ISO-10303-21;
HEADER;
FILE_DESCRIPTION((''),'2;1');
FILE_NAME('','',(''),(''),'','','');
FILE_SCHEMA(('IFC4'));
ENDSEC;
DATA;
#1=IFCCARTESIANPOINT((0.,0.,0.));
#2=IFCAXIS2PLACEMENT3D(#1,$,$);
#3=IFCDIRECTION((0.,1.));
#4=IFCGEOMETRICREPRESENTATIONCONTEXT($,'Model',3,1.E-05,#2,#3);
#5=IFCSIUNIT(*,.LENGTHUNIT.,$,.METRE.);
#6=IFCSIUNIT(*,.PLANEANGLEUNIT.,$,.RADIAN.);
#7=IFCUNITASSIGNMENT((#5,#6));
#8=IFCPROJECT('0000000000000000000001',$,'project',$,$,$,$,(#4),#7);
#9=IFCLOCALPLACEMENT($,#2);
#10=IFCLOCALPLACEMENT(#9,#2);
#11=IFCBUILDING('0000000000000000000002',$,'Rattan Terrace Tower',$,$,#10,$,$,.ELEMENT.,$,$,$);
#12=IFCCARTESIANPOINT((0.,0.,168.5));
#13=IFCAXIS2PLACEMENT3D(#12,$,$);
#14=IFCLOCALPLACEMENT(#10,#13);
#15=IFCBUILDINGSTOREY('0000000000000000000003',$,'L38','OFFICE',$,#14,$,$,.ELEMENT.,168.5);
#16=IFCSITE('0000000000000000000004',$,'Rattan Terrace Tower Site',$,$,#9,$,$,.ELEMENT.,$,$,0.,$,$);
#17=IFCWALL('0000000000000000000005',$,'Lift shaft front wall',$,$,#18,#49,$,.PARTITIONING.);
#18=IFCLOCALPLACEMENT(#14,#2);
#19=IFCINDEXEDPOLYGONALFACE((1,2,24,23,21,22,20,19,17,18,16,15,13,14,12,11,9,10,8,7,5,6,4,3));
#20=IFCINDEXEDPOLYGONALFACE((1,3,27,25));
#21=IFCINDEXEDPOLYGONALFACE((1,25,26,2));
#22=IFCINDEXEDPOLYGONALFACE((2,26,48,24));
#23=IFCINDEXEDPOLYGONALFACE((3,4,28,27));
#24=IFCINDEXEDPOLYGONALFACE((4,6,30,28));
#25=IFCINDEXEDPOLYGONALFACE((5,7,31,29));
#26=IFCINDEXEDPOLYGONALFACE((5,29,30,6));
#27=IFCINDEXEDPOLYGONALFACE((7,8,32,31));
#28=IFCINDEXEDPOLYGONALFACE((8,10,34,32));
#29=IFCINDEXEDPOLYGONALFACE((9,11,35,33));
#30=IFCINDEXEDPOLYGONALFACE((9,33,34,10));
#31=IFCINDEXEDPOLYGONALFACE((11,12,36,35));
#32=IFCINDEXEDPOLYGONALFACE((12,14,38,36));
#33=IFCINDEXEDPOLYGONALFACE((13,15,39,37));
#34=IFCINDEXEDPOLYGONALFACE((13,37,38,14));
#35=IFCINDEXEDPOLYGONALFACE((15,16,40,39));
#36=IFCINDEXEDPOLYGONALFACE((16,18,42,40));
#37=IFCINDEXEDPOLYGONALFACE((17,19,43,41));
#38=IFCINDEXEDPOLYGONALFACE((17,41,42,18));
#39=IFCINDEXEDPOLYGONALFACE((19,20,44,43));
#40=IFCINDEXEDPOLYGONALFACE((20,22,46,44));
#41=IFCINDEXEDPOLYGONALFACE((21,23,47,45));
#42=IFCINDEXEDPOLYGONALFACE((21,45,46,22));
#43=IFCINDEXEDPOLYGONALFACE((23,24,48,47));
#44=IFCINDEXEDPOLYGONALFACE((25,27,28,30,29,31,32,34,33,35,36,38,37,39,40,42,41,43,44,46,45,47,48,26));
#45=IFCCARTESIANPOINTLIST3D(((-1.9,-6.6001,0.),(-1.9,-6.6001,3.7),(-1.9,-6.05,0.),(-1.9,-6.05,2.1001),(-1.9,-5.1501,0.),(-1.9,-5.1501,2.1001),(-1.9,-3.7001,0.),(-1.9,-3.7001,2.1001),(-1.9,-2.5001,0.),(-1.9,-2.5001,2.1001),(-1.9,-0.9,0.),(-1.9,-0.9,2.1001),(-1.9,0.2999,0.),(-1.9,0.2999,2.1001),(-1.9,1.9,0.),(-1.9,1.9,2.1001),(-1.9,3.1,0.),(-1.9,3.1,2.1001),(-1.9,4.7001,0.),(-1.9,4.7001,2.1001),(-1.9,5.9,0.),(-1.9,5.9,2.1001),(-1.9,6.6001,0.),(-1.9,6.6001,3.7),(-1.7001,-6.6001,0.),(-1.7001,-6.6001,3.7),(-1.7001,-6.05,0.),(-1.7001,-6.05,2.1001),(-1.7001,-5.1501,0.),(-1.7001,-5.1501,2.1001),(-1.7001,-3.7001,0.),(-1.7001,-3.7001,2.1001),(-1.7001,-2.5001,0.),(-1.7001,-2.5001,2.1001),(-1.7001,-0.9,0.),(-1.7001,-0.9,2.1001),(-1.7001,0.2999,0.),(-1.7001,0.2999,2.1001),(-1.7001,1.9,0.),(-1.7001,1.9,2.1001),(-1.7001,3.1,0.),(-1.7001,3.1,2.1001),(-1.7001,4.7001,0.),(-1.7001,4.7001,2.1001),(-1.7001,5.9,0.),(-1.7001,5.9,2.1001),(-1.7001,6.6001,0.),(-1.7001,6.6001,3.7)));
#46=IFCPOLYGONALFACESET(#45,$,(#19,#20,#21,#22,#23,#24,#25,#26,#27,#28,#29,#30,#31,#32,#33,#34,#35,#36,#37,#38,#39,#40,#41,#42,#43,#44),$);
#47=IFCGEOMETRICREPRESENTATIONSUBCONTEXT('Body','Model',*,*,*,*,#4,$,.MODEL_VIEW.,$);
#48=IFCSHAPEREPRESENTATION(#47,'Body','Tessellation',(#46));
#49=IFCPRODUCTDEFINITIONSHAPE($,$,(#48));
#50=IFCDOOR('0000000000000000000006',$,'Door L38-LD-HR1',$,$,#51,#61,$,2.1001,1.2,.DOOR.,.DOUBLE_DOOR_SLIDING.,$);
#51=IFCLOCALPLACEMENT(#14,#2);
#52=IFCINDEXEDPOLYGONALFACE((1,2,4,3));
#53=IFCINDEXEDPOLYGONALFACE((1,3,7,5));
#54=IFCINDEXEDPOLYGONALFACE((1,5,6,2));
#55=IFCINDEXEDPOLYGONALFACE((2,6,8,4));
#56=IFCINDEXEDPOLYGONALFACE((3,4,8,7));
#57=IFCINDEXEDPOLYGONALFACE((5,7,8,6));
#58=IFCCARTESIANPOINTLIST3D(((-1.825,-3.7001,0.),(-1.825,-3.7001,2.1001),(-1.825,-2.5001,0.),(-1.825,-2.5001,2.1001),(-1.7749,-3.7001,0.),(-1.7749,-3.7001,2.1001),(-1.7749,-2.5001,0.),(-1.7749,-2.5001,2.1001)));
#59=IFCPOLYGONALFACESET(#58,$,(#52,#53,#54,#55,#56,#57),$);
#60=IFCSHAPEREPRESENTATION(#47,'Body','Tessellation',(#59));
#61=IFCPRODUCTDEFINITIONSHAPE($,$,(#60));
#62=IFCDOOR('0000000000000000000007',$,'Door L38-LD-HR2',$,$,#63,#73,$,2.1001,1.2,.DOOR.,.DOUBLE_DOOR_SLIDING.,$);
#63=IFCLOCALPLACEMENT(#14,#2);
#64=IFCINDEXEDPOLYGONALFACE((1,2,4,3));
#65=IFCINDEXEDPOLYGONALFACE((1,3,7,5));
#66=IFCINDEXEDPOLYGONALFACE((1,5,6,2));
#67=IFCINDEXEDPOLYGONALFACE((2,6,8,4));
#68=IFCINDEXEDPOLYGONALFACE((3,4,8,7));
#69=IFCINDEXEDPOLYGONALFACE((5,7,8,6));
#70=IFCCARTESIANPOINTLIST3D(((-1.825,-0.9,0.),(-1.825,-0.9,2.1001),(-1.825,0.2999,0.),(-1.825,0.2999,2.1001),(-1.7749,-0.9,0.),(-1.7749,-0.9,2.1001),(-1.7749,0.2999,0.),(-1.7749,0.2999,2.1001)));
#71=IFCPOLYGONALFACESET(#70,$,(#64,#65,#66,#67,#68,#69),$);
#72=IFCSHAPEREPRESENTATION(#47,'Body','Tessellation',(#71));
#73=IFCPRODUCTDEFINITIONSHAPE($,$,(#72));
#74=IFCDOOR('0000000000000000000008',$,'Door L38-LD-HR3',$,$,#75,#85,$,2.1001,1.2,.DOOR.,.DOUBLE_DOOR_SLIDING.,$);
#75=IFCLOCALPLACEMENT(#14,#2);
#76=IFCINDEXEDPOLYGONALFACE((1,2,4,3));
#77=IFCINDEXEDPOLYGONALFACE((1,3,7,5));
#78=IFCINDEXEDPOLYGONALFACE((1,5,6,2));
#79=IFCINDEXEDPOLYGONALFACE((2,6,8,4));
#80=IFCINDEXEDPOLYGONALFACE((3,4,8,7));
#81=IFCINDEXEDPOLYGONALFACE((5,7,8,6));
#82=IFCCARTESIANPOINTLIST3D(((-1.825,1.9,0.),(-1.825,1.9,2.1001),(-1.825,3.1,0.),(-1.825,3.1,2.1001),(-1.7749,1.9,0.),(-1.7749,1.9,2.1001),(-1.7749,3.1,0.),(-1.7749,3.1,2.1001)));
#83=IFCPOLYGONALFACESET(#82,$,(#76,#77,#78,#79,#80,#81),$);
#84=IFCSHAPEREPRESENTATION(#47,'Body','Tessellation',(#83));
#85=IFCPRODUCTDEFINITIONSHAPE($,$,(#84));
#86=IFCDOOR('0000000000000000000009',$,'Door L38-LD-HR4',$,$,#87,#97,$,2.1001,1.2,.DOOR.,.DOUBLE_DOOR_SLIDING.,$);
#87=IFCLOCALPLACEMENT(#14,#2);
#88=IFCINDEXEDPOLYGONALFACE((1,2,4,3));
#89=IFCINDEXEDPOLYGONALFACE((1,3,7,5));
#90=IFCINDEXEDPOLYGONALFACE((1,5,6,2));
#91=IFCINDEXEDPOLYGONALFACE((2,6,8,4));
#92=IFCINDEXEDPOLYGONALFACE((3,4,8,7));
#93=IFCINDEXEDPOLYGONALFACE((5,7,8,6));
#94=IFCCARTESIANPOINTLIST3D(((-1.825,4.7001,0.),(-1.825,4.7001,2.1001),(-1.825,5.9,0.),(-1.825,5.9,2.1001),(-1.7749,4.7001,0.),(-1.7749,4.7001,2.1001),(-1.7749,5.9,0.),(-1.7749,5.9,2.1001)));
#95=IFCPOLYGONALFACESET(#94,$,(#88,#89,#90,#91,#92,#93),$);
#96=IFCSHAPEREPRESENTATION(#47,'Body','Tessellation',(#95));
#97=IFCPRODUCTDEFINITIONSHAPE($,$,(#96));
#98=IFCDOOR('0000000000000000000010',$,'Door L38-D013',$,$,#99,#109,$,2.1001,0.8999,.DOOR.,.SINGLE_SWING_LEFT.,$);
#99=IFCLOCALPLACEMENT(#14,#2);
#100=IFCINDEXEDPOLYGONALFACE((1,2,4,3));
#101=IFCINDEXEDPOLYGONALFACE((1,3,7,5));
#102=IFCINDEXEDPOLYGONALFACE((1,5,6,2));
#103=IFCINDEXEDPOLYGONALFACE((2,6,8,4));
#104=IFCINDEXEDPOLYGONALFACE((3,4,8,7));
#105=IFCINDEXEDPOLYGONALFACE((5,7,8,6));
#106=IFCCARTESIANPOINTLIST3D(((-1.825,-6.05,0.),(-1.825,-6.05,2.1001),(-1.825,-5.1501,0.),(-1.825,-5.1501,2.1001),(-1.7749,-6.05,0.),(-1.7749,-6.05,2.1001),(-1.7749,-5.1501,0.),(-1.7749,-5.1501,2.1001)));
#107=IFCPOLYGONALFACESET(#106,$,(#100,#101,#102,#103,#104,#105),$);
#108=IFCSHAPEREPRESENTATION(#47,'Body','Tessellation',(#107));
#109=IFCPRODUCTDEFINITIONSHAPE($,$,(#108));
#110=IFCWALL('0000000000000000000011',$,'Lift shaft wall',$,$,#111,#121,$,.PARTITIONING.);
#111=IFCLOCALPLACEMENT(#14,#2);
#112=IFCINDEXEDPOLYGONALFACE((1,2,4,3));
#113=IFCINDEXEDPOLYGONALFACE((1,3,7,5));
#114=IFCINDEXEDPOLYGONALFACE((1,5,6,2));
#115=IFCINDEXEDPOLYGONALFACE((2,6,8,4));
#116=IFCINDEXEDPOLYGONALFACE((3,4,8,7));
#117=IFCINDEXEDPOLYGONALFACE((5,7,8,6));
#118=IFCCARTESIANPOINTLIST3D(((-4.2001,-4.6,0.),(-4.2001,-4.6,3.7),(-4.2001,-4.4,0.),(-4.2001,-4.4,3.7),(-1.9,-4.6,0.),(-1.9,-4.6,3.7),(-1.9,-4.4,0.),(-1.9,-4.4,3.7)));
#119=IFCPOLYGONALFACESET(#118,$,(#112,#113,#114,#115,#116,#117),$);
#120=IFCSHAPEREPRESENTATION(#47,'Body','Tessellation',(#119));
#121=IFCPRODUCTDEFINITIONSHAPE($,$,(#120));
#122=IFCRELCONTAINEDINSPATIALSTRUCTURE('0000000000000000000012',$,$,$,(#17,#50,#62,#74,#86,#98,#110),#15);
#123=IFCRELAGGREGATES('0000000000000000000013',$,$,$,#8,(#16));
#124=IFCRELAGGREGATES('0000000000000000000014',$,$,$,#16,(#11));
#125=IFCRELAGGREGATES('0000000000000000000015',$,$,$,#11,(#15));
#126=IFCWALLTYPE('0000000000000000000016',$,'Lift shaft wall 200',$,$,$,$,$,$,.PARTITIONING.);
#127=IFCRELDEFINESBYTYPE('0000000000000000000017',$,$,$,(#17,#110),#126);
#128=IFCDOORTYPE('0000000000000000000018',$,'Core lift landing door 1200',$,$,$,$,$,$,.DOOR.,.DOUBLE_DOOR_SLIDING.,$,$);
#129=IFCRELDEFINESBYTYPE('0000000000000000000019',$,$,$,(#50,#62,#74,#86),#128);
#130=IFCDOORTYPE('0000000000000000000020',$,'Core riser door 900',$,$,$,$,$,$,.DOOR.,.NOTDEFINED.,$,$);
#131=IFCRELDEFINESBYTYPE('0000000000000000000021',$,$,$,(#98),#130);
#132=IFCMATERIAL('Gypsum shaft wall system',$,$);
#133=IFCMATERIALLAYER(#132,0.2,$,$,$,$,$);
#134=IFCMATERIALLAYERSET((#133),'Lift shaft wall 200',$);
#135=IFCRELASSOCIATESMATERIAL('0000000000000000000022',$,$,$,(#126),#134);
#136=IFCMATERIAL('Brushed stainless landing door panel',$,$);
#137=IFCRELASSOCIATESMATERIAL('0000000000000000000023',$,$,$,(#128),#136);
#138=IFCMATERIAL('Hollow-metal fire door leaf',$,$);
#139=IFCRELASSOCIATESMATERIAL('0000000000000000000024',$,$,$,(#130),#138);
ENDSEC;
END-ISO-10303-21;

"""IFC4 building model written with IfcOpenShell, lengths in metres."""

from ifc_helpers import new_model, si_unit, direction, frame, frame_2d, origin, place, context, subcontext, project, spatial, rectangle, extrude, material, layer, layer_set, type_object, element, fill, save


model = new_model("IFC4")

# Units and contexts
model_context = context("Model", 3, precision=1e-05, world=origin(), true_north=direction((0.0, 1.0)))
body_context = subcontext(model_context, "Body", "Model", "MODEL_VIEW")
ifc_project = project(units=[si_unit("LENGTHUNIT", "METRE"), si_unit("PLANEANGLEUNIT", "RADIAN")], contexts=[model_context])

# Site, building, storey
site_placement = place(None, origin())
site = spatial("IfcSite", under=ifc_project, at=site_placement, Name="Rattan Terrace Tower Site", CompositionType="ELEMENT", RefElevation=0.0)
building_placement = place(site_placement, origin())
building = spatial("IfcBuilding", under=site, at=building_placement, Name="Rattan Terrace Tower", CompositionType="ELEMENT")
storey_placement = place(building_placement, frame((0.0, 0.0, 168.5)))
storey = spatial("IfcBuildingStorey", under=building, at=storey_placement, Name="L38", Description="OFFICE", CompositionType="ELEMENT", Elevation=168.5)

# Wall, openings, doors
ifc_material_1 = material(Name="Gypsum shaft wall system")
ifc_layer_1 = layer(ifc_material_1, 0.2)
ifc_layer_set_1 = layer_set([ifc_layer_1], Name="Lift shaft wall 200")
wall_type_1 = type_object("IfcWallType", Name="Lift shaft wall 200", PredefinedType="PARTITIONING", material=ifc_layer_set_1)
wall_1_placement = place(storey_placement, frame((-1.8, -6.6001, 0.0), z_axis=(0.0, 0.0, 1.0), x_axis=(0.0, 1.0, 0.0)))
wall_1 = element("IfcWall", 1, at=wall_1_placement, inside=storey, type_object=wall_type_1, Name="Lift shaft front wall", PredefinedType="PARTITIONING", context=body_context, shape_type="SweptSolid", body=[
    extrude(rectangle(XDim=13.2002, YDim=0.2, at=frame_2d((6.6001, 0.0))), origin(), (0.0, 0.0, 1.0), 3.7),
])
opening_1_placement = place(wall_1_placement, frame((0.55, 0.0, 0.0)))
opening_1 = element("IfcOpeningElement", 2, at=opening_1_placement, cuts=wall_1, PredefinedType="OPENING", context=body_context, shape_type="SweptSolid", body=[
    extrude(rectangle(XDim=0.8999, YDim=2.1001, at=frame_2d((0.45, 1.05))), frame((0.0, 0.1106, 0.0), z_axis=(0.0, -1.0, 0.0), x_axis=(1.0, 0.0, 0.0)), (0.0, 0.0, 1.0), 0.2209),
])
opening_2_placement = place(wall_1_placement, frame((2.8999, 0.0, 0.0)))
opening_2 = element("IfcOpeningElement", 3, at=opening_2_placement, cuts=wall_1, PredefinedType="OPENING", context=body_context, shape_type="SweptSolid", body=[
    extrude(rectangle(XDim=1.2, YDim=2.1001, at=frame_2d((0.6001, 1.05))), frame((0.0, 0.1106, 0.0), z_axis=(0.0, -1.0, 0.0), x_axis=(1.0, 0.0, 0.0)), (0.0, 0.0, 1.0), 0.2209),
])
opening_3_placement = place(wall_1_placement, frame((5.7, 0.0, 0.0)))
opening_3 = element("IfcOpeningElement", 4, at=opening_3_placement, cuts=wall_1, PredefinedType="OPENING", context=body_context, shape_type="SweptSolid", body=[
    extrude(rectangle(XDim=1.2, YDim=2.1001, at=frame_2d((0.6001, 1.05))), frame((0.0, 0.1106, 0.0), z_axis=(0.0, -1.0, 0.0), x_axis=(1.0, 0.0, 0.0)), (0.0, 0.0, 1.0), 0.2209),
])
opening_4_placement = place(wall_1_placement, frame((8.5, 0.0, 0.0)))
opening_4 = element("IfcOpeningElement", 5, at=opening_4_placement, cuts=wall_1, PredefinedType="OPENING", context=body_context, shape_type="SweptSolid", body=[
    extrude(rectangle(XDim=1.2, YDim=2.1001, at=frame_2d((0.6001, 1.05))), frame((0.0, 0.1106, 0.0), z_axis=(0.0, -1.0, 0.0), x_axis=(1.0, 0.0, 0.0)), (0.0, 0.0, 1.0), 0.2209),
])
opening_5_placement = place(wall_1_placement, frame((11.3, 0.0, 0.0)))
opening_5 = element("IfcOpeningElement", 6, at=opening_5_placement, cuts=wall_1, PredefinedType="OPENING", context=body_context, shape_type="SweptSolid", body=[
    extrude(rectangle(XDim=1.2, YDim=2.1001, at=frame_2d((0.6001, 1.05))), frame((0.0, 0.1106, 0.0), z_axis=(0.0, -1.0, 0.0), x_axis=(1.0, 0.0, 0.0)), (0.0, 0.0, 1.0), 0.2209),
])
ifc_material_2 = material(Name="Brushed stainless landing door panel")
door_type_1 = type_object("IfcDoorType", Name="Core lift landing door 1200", OperationType="DOUBLE_DOOR_SLIDING", PredefinedType="DOOR", material=ifc_material_2)
door_1_placement = place(opening_2_placement, origin())
door_1 = element("IfcDoor", 7, at=door_1_placement, inside=storey, type_object=door_type_1, Name="Door L38-LD-HR1", OperationType="DOUBLE_DOOR_SLIDING", OverallHeight=2.1001, OverallWidth=1.2, PredefinedType="DOOR", context=body_context, shape_type="SweptSolid", body=[
    extrude(rectangle(XDim=1.2, YDim=2.1001, at=frame_2d((0.6001, 1.05))), frame((0.0, 0.0249, 0.0), z_axis=(0.0, -1.0, 0.0), x_axis=(1.0, 0.0, 0.0)), (0.0, 0.0, 1.0), 0.05),
])
fill(opening_2, door_1)
door_2_placement = place(opening_3_placement, origin())
door_2 = element("IfcDoor", 8, at=door_2_placement, inside=storey, type_object=door_type_1, Name="Door L38-LD-HR2", OperationType="DOUBLE_DOOR_SLIDING", OverallHeight=2.1001, OverallWidth=1.2, PredefinedType="DOOR", context=body_context, shape_type="SweptSolid", body=[
    extrude(rectangle(XDim=1.2, YDim=2.1001, at=frame_2d((0.6001, 1.05))), frame((0.0, 0.0249, 0.0), z_axis=(0.0, -1.0, 0.0), x_axis=(1.0, 0.0, 0.0)), (0.0, 0.0, 1.0), 0.05),
])
fill(opening_3, door_2)
door_3_placement = place(opening_4_placement, origin())
door_3 = element("IfcDoor", 9, at=door_3_placement, inside=storey, type_object=door_type_1, Name="Door L38-LD-HR3", OperationType="DOUBLE_DOOR_SLIDING", OverallHeight=2.1001, OverallWidth=1.2, PredefinedType="DOOR", context=body_context, shape_type="SweptSolid", body=[
    extrude(rectangle(XDim=1.2, YDim=2.1001, at=frame_2d((0.6001, 1.05))), frame((0.0, 0.0249, 0.0), z_axis=(0.0, -1.0, 0.0), x_axis=(1.0, 0.0, 0.0)), (0.0, 0.0, 1.0), 0.05),
])
fill(opening_4, door_3)
door_4_placement = place(opening_5_placement, origin())
door_4 = element("IfcDoor", 10, at=door_4_placement, inside=storey, type_object=door_type_1, Name="Door L38-LD-HR4", OperationType="DOUBLE_DOOR_SLIDING", OverallHeight=2.1001, OverallWidth=1.2, PredefinedType="DOOR", context=body_context, shape_type="SweptSolid", body=[
    extrude(rectangle(XDim=1.2, YDim=2.1001, at=frame_2d((0.6001, 1.05))), frame((0.0, 0.0249, 0.0), z_axis=(0.0, -1.0, 0.0), x_axis=(1.0, 0.0, 0.0)), (0.0, 0.0, 1.0), 0.05),
])
fill(opening_5, door_4)
ifc_material_3 = material(Name="Hollow-metal fire door leaf")
door_type_2 = type_object("IfcDoorType", Name="Core riser door 900", OperationType="NOTDEFINED", PredefinedType="DOOR", material=ifc_material_3)
door_5_placement = place(opening_1_placement, origin())
door_5 = element("IfcDoor", 11, at=door_5_placement, inside=storey, type_object=door_type_2, Name="Door L38-D013", OperationType="SINGLE_SWING_LEFT", OverallHeight=2.1001, OverallWidth=0.8999, PredefinedType="DOOR", context=body_context, shape_type="SweptSolid", body=[
    extrude(rectangle(XDim=0.8999, YDim=2.1001, at=frame_2d((0.45, 1.05))), frame((0.0, 0.0249, 0.0), z_axis=(0.0, -1.0, 0.0), x_axis=(1.0, 0.0, 0.0)), (0.0, 0.0, 1.0), 0.05),
])
fill(opening_1, door_5)

# Wall
wall_2_placement = place(storey_placement, frame((-4.2, -4.5, 0.0), z_axis=(0.0, 0.0, 1.0), x_axis=(1.0, 0.0, 0.0)))
element("IfcWall", 12, at=wall_2_placement, inside=storey, type_object=wall_type_1, Name="Lift shaft wall", PredefinedType="PARTITIONING", context=body_context, shape_type="SweptSolid", body=[
    extrude(rectangle(XDim=2.3, YDim=0.2, at=frame_2d((1.1499, 0.0))), origin(), (0.0, 0.0, 1.0), 3.7),
])

save(model, "model.ifc")
